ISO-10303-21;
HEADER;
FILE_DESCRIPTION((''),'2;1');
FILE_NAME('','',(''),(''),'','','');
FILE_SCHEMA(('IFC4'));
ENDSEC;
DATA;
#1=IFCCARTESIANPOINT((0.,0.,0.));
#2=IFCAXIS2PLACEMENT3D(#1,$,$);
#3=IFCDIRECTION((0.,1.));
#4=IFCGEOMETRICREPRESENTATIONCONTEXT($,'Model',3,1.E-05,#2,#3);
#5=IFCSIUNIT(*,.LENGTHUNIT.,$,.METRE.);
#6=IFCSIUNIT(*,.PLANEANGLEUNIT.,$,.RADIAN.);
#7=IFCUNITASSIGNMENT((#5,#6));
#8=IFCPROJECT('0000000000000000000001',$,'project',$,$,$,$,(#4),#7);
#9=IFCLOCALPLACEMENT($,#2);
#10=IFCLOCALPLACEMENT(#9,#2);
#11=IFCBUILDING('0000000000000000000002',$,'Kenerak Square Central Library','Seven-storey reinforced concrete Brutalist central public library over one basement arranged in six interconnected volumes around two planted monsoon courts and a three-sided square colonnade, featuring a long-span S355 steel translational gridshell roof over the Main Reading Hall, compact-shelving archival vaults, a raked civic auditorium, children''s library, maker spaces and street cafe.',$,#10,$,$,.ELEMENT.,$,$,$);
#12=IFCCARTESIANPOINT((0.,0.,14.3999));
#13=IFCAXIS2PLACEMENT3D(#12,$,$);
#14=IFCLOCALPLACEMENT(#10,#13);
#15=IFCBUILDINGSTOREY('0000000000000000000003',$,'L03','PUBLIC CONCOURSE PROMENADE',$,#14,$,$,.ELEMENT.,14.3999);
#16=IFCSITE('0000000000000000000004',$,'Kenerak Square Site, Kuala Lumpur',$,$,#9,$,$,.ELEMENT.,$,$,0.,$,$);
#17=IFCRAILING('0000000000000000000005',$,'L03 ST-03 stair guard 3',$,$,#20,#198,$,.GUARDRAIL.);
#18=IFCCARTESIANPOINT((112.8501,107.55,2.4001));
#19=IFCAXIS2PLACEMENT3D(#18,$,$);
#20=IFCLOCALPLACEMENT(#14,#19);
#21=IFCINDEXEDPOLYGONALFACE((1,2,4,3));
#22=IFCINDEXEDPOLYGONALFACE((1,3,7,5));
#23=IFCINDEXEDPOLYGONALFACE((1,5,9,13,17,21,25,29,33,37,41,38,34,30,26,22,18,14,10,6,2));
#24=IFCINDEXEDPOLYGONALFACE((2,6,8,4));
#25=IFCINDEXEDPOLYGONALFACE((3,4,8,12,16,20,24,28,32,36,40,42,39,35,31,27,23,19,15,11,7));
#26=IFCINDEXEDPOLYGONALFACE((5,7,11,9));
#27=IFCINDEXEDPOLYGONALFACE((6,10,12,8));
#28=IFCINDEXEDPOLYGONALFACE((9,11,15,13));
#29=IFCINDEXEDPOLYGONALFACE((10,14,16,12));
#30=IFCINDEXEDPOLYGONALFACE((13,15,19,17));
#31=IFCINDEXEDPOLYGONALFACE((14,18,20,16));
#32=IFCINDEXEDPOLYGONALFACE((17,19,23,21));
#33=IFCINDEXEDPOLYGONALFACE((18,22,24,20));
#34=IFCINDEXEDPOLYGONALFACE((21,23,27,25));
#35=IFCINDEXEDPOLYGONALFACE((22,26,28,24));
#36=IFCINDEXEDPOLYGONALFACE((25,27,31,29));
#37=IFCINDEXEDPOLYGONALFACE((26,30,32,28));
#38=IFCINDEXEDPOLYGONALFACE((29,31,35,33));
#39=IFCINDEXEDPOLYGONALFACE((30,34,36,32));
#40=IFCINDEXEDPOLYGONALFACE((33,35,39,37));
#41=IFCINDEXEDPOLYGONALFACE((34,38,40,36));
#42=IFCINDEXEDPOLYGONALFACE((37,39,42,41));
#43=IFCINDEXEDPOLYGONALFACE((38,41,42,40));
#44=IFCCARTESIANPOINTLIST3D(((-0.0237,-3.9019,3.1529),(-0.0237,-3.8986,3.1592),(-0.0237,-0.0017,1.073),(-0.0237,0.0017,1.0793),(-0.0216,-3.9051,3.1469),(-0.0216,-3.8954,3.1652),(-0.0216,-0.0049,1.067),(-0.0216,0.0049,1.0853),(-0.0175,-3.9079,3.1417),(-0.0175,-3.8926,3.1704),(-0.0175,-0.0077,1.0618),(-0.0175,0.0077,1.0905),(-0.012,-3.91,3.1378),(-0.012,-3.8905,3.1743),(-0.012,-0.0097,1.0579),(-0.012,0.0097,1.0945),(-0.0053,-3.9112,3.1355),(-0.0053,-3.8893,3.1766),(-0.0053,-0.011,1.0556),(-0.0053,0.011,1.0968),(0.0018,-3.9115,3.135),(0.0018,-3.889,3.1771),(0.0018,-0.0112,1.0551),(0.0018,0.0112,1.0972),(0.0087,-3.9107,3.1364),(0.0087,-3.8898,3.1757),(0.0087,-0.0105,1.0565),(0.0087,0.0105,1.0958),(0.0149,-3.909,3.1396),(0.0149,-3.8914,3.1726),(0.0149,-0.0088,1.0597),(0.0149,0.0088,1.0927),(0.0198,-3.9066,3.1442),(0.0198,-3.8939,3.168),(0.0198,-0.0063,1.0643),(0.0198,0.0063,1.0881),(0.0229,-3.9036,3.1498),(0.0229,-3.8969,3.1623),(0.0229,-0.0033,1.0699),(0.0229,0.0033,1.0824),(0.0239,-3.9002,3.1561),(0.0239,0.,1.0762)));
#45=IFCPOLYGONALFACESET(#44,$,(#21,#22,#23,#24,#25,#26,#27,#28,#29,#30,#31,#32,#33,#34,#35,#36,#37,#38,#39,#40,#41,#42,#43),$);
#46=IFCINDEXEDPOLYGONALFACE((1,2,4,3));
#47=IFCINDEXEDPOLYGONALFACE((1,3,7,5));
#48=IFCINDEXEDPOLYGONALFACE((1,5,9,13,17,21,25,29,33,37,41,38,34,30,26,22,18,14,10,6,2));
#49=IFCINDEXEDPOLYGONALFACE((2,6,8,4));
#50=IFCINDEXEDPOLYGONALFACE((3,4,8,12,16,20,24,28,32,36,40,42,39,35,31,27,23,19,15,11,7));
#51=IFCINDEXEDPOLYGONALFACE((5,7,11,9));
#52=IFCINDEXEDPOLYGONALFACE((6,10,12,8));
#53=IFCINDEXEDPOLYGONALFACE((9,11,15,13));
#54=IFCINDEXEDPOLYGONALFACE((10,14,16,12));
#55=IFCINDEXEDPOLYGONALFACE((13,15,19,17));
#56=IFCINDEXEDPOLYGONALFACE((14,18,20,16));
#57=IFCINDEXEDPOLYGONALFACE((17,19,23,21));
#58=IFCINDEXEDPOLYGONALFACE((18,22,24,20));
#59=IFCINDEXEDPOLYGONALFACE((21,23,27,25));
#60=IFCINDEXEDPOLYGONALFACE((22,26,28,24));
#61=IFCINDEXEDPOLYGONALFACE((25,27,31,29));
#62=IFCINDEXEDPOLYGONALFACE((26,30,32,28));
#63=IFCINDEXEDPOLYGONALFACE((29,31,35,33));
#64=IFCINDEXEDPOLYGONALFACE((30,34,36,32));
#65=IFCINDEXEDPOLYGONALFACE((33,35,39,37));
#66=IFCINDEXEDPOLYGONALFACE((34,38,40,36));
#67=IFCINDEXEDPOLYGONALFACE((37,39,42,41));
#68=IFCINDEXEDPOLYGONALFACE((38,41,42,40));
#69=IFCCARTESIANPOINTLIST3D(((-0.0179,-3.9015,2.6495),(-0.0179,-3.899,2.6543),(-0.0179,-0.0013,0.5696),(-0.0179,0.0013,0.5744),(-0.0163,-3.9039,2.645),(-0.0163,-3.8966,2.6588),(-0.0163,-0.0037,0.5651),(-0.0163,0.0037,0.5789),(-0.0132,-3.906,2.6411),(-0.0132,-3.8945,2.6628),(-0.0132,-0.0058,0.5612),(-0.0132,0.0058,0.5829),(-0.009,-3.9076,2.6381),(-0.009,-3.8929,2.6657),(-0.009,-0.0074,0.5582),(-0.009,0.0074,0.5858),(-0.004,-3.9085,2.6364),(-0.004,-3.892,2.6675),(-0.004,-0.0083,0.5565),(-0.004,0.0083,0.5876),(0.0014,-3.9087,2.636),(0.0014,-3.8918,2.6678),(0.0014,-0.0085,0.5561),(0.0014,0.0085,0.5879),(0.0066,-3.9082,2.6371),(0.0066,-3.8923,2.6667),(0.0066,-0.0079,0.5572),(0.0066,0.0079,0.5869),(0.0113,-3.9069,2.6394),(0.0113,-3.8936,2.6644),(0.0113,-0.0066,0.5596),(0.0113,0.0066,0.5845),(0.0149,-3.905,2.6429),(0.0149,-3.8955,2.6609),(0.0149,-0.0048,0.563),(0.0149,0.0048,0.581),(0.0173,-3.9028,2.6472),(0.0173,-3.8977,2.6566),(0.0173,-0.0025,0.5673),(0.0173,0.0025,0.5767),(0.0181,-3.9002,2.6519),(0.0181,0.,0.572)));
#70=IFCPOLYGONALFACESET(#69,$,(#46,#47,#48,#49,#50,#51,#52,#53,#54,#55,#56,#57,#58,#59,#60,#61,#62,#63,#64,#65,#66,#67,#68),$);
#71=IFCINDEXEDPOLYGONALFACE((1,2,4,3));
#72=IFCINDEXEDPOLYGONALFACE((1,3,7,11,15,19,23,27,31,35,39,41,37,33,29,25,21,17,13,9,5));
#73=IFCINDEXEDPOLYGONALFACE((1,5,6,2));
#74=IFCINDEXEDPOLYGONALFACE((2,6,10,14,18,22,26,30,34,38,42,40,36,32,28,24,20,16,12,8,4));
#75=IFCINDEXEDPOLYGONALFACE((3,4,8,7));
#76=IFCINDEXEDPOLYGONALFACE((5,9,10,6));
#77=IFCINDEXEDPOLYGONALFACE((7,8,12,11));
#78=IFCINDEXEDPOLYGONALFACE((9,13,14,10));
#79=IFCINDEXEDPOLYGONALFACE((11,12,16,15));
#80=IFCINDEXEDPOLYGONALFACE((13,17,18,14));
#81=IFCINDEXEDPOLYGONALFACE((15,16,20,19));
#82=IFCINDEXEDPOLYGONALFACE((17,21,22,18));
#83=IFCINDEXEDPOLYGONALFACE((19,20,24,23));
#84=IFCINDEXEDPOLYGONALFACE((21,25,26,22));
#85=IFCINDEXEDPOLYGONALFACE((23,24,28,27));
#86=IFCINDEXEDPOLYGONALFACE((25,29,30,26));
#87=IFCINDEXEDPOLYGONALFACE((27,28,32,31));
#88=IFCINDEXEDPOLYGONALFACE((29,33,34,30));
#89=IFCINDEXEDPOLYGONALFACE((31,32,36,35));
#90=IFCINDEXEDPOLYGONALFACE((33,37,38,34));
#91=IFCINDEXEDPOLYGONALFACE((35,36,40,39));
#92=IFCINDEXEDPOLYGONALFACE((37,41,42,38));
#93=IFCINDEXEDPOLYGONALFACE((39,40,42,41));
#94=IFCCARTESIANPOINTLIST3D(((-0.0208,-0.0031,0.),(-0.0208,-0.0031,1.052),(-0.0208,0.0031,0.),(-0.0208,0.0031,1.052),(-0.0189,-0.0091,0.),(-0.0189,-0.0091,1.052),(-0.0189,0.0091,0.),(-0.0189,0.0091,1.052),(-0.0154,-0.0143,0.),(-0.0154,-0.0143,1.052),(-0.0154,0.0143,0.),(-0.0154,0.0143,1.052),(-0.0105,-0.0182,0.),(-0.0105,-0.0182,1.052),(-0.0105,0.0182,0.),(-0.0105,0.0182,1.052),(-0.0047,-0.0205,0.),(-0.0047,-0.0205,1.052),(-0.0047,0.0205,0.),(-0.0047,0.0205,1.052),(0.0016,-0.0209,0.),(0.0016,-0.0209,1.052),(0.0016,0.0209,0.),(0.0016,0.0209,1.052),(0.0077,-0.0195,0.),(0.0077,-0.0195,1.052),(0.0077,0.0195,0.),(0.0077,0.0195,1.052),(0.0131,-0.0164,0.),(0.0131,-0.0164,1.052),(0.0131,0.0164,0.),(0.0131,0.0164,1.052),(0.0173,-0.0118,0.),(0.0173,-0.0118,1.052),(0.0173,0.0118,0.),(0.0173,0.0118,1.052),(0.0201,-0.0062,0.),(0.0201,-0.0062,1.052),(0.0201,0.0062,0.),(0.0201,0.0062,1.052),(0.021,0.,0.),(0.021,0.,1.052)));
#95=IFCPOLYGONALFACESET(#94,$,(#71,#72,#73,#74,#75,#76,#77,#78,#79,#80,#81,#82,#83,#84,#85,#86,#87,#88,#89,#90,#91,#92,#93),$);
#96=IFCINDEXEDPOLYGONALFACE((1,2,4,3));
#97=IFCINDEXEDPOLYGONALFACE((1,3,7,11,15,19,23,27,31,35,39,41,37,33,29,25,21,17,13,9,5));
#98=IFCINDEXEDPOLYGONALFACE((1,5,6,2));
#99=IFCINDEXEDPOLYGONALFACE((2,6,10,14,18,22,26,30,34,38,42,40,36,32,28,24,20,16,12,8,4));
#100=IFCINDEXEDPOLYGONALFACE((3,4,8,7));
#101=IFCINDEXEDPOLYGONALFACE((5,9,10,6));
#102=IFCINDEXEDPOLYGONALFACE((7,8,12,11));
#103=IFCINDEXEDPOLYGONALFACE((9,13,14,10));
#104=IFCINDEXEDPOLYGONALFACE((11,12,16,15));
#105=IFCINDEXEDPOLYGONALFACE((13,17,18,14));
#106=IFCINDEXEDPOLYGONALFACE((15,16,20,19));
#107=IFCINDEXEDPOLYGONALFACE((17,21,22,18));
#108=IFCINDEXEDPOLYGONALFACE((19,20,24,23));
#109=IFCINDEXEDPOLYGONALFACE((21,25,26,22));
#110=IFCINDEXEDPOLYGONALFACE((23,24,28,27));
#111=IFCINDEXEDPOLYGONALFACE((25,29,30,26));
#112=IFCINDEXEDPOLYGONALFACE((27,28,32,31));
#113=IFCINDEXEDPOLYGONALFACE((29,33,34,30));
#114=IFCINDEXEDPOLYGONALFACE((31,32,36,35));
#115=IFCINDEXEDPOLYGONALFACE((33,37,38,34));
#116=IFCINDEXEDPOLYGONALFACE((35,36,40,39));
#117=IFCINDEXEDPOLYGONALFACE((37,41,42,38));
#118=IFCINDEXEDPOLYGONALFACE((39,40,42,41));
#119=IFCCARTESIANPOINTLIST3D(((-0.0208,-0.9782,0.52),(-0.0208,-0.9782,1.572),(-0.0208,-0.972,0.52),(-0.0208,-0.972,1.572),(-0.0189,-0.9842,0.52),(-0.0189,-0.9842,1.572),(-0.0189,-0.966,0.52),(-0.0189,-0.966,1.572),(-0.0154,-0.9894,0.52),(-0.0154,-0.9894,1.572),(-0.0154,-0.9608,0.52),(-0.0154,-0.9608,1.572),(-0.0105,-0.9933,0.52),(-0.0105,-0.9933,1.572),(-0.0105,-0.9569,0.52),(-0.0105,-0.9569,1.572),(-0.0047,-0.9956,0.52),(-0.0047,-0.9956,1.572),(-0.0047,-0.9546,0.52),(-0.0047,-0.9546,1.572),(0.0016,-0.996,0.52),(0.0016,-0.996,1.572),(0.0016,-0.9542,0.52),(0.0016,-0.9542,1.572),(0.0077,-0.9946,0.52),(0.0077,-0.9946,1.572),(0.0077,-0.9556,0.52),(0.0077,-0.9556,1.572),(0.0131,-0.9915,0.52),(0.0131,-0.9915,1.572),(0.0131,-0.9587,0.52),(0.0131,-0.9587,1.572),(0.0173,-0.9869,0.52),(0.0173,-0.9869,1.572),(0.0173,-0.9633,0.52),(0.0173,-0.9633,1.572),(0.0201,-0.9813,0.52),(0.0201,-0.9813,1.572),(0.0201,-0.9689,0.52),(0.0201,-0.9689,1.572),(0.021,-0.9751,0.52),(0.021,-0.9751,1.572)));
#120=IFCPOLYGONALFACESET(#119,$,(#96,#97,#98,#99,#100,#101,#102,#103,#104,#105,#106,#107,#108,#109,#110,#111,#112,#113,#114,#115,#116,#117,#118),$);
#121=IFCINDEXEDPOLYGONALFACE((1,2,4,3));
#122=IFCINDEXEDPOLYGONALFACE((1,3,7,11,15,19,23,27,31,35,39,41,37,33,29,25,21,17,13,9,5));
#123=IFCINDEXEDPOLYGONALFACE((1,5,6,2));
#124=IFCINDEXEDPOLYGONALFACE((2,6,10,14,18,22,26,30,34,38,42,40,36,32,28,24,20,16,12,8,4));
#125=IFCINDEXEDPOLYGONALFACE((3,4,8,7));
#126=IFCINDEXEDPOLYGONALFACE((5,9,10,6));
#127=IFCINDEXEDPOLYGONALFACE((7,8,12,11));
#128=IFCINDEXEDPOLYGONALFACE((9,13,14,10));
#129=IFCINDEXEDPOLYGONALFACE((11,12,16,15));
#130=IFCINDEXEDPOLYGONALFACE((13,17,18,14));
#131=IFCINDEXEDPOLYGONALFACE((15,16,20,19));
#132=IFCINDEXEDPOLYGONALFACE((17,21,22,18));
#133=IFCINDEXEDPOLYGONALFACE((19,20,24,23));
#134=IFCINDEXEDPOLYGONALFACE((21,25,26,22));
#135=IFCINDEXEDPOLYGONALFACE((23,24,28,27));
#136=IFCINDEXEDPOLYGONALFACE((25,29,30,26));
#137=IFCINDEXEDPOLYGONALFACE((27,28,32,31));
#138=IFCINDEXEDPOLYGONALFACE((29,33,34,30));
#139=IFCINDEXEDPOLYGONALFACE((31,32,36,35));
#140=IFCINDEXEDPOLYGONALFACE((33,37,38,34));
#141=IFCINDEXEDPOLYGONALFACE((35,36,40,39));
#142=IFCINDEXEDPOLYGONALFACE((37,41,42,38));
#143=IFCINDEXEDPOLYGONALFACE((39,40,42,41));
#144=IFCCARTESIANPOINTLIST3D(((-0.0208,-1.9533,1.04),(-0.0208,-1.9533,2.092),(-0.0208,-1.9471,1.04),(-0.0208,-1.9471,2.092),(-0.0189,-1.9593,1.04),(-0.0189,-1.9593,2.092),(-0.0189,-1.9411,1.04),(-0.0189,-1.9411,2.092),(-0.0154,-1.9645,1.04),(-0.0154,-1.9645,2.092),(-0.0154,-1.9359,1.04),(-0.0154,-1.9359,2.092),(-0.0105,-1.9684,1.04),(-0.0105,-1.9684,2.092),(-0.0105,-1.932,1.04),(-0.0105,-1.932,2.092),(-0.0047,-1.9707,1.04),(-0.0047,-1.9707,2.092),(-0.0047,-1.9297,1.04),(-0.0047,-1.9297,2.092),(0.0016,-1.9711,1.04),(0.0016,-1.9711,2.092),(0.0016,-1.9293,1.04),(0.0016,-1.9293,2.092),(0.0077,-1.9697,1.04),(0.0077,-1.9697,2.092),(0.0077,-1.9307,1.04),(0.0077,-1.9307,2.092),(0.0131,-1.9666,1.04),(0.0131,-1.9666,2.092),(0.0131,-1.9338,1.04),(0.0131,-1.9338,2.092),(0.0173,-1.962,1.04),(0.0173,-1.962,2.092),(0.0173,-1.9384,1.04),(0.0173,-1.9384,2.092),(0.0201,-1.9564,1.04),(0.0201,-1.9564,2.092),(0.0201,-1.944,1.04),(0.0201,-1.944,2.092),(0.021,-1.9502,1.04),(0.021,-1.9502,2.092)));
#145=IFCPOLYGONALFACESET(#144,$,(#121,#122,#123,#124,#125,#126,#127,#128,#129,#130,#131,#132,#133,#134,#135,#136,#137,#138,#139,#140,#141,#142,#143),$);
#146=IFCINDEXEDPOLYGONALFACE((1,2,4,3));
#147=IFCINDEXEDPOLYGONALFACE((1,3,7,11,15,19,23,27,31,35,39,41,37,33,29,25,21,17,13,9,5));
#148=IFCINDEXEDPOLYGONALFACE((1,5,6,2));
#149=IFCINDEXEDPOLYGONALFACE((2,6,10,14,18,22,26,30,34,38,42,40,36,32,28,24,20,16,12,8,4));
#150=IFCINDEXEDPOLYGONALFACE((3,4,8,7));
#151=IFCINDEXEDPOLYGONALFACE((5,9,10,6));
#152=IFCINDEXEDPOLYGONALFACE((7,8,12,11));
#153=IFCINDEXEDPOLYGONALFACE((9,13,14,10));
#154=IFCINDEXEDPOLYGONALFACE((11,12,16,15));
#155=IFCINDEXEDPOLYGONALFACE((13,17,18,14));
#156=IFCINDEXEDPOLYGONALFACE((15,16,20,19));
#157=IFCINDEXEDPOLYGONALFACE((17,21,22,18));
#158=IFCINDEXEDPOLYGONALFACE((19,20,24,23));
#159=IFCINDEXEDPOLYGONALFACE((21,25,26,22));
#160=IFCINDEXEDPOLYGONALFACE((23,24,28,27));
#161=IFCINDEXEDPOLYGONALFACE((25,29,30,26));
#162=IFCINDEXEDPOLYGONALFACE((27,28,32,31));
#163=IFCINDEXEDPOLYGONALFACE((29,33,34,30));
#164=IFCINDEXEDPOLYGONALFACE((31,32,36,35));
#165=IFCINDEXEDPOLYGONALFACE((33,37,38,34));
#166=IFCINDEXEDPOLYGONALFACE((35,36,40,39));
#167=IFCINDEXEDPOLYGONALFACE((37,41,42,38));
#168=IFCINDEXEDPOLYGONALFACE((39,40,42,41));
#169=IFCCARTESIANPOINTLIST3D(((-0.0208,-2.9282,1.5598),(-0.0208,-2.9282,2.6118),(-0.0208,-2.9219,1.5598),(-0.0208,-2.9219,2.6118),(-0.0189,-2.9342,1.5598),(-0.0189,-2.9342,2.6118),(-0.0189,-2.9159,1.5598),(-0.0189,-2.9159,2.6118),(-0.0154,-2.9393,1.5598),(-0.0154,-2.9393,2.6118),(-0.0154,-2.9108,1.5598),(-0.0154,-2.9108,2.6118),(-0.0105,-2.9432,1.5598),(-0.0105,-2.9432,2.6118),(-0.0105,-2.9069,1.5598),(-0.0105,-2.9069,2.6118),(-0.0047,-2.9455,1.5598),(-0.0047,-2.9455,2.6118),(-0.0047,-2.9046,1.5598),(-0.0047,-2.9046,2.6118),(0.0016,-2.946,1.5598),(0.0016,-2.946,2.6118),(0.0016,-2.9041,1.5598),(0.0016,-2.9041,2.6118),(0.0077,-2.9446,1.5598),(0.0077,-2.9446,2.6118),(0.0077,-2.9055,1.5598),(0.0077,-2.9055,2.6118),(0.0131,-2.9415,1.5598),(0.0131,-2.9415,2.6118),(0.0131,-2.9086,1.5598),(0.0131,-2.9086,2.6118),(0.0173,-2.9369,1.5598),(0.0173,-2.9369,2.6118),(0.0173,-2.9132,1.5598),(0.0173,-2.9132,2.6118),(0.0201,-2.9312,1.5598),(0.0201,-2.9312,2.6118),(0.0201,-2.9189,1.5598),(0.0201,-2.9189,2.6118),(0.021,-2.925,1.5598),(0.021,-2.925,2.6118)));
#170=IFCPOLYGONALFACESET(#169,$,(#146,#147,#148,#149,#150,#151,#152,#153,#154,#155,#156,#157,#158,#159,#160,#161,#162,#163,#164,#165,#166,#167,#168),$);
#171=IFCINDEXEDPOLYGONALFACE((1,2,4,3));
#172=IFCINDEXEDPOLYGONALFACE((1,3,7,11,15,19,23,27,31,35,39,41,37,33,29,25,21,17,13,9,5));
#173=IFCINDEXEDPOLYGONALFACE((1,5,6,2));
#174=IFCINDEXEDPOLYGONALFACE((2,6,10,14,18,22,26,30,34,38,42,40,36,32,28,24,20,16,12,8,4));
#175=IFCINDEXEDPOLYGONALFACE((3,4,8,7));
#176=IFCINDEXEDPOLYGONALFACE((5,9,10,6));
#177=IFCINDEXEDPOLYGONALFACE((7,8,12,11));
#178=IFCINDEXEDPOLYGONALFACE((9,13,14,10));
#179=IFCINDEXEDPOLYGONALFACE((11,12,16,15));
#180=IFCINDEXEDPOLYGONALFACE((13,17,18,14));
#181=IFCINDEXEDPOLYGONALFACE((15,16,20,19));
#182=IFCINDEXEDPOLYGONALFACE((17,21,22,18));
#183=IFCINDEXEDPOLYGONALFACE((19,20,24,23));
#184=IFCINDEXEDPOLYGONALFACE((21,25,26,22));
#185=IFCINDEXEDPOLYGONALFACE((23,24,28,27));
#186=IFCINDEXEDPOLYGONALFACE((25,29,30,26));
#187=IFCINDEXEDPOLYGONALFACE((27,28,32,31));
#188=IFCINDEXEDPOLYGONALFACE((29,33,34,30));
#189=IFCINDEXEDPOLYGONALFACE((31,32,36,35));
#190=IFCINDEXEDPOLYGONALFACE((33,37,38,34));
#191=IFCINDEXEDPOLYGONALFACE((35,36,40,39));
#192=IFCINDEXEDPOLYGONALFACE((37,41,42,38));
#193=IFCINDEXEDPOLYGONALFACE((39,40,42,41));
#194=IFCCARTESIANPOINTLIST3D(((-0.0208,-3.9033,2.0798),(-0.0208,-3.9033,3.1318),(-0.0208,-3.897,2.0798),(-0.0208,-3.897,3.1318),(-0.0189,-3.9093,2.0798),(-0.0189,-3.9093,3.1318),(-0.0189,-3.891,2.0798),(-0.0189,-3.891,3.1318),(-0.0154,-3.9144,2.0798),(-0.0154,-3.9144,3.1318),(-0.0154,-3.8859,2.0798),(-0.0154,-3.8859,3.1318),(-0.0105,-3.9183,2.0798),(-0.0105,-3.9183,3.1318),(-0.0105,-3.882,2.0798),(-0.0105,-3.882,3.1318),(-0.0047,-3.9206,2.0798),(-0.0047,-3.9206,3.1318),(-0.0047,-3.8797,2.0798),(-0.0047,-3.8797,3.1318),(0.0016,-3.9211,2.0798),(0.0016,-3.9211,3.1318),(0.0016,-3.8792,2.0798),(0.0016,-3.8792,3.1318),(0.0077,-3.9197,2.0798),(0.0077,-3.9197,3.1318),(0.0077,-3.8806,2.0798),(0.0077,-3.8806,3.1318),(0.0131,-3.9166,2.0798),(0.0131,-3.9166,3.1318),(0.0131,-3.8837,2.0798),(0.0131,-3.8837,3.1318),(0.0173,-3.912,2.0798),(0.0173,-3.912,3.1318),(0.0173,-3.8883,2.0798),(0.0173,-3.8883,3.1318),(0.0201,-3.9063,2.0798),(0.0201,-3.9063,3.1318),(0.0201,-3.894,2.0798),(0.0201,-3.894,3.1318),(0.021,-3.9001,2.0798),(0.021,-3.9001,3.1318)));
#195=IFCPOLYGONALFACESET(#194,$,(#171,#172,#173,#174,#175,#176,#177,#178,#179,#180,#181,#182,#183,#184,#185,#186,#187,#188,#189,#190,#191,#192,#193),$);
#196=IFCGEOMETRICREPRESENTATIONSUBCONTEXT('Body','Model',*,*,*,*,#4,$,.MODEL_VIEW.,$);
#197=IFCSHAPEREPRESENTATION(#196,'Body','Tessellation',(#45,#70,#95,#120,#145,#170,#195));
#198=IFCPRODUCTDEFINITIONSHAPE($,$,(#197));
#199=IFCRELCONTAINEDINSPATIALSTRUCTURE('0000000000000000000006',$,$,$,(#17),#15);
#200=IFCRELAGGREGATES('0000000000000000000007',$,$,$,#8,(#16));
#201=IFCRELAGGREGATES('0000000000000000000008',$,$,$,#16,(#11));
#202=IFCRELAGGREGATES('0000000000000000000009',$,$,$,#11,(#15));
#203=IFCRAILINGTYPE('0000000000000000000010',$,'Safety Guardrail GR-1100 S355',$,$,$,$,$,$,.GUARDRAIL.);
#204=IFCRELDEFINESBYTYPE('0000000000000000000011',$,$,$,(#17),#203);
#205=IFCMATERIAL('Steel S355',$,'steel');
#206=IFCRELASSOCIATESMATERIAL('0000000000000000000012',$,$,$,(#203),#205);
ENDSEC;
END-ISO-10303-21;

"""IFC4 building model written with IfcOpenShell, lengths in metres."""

from ifc_helpers import new_model, si_unit, direction, frame, origin, origin_2d, place, context, subcontext, project, spatial, circle, extrude, material, type_object, element, save


model = new_model("IFC4")

# Units and contexts
model_context = context("Model", 3, precision=1e-05, world=origin(), true_north=direction((0.0, 1.0)))
body_context = subcontext(model_context, "Body", "Model", "MODEL_VIEW")
ifc_project = project(units=[si_unit("LENGTHUNIT", "METRE"), si_unit("PLANEANGLEUNIT", "RADIAN")], contexts=[model_context])

# Site, building, storey
site_placement = place(None, origin())
site = spatial("IfcSite", under=ifc_project, at=site_placement, Name="Kenerak Square Site, Kuala Lumpur", CompositionType="ELEMENT", RefElevation=0.0)
building_placement = place(site_placement, origin())
building = spatial("IfcBuilding", under=site, at=building_placement, Name="Kenerak Square Central Library", Description="Seven-storey reinforced concrete Brutalist central public library over one basement arranged in six interconnected volumes around two planted monsoon courts and a three-sided square colonnade, featuring a long-span S355 steel translational gridshell roof over the Main Reading Hall, compact-shelving archival vaults, a raked civic auditorium, children's library, maker spaces and street cafe.", CompositionType="ELEMENT")
storey_placement = place(building_placement, frame((0.0, 0.0, 14.3999)))
storey = spatial("IfcBuildingStorey", under=building, at=storey_placement, Name="L03", Description="PUBLIC CONCOURSE PROMENADE", CompositionType="ELEMENT", Elevation=14.3999)

# Railing
ifc_material_1 = material(Name="Steel S355", Category="steel")
railing_type_1 = type_object("IfcRailingType", Name="Safety Guardrail GR-1100 S355", PredefinedType="GUARDRAIL", material=ifc_material_1)
railing_1_placement = place(storey_placement, frame((112.8501, 107.55, 2.4001)))
element("IfcRailing", 1, at=railing_1_placement, inside=storey, type_object=railing_type_1, Name="L03 ST-03 stair guard 3", PredefinedType="GUARDRAIL", context=body_context, shape_type="SweptSolid", body=[
    extrude(circle(Radius=0.0239, at=origin_2d()), frame((0.0, 0.0, 1.0762), z_axis=(0.0, -0.882376, 0.470545), x_axis=(1.0, 0.0, 0.0)), (0.0, 0.0, 1.0), 4.4202),
    extrude(circle(Radius=0.0181, at=origin_2d()), frame((0.0, 0.0, 0.572), z_axis=(0.0, -0.882376, 0.470545), x_axis=(1.0, 0.0, 0.0)), (0.0, 0.0, 1.0), 4.4202),
    extrude(circle(Radius=0.021, at=origin_2d()), origin(), (0.0, 0.0, 1.0), 1.052),
    extrude(circle(Radius=0.021, at=origin_2d()), frame((0.0, -0.9751, 0.52)), (0.0, 0.0, 1.0), 1.052),
    extrude(circle(Radius=0.021, at=origin_2d()), frame((0.0, -1.9502, 1.04)), (0.0, 0.0, 1.0), 1.052),
    extrude(circle(Radius=0.021, at=origin_2d()), frame((0.0, -2.925, 1.5598)), (0.0, 0.0, 1.0), 1.052),
    extrude(circle(Radius=0.021, at=origin_2d()), frame((0.0, -3.9001, 2.0798)), (0.0, 0.0, 1.0), 1.052),
])

save(model, "model.ifc")
